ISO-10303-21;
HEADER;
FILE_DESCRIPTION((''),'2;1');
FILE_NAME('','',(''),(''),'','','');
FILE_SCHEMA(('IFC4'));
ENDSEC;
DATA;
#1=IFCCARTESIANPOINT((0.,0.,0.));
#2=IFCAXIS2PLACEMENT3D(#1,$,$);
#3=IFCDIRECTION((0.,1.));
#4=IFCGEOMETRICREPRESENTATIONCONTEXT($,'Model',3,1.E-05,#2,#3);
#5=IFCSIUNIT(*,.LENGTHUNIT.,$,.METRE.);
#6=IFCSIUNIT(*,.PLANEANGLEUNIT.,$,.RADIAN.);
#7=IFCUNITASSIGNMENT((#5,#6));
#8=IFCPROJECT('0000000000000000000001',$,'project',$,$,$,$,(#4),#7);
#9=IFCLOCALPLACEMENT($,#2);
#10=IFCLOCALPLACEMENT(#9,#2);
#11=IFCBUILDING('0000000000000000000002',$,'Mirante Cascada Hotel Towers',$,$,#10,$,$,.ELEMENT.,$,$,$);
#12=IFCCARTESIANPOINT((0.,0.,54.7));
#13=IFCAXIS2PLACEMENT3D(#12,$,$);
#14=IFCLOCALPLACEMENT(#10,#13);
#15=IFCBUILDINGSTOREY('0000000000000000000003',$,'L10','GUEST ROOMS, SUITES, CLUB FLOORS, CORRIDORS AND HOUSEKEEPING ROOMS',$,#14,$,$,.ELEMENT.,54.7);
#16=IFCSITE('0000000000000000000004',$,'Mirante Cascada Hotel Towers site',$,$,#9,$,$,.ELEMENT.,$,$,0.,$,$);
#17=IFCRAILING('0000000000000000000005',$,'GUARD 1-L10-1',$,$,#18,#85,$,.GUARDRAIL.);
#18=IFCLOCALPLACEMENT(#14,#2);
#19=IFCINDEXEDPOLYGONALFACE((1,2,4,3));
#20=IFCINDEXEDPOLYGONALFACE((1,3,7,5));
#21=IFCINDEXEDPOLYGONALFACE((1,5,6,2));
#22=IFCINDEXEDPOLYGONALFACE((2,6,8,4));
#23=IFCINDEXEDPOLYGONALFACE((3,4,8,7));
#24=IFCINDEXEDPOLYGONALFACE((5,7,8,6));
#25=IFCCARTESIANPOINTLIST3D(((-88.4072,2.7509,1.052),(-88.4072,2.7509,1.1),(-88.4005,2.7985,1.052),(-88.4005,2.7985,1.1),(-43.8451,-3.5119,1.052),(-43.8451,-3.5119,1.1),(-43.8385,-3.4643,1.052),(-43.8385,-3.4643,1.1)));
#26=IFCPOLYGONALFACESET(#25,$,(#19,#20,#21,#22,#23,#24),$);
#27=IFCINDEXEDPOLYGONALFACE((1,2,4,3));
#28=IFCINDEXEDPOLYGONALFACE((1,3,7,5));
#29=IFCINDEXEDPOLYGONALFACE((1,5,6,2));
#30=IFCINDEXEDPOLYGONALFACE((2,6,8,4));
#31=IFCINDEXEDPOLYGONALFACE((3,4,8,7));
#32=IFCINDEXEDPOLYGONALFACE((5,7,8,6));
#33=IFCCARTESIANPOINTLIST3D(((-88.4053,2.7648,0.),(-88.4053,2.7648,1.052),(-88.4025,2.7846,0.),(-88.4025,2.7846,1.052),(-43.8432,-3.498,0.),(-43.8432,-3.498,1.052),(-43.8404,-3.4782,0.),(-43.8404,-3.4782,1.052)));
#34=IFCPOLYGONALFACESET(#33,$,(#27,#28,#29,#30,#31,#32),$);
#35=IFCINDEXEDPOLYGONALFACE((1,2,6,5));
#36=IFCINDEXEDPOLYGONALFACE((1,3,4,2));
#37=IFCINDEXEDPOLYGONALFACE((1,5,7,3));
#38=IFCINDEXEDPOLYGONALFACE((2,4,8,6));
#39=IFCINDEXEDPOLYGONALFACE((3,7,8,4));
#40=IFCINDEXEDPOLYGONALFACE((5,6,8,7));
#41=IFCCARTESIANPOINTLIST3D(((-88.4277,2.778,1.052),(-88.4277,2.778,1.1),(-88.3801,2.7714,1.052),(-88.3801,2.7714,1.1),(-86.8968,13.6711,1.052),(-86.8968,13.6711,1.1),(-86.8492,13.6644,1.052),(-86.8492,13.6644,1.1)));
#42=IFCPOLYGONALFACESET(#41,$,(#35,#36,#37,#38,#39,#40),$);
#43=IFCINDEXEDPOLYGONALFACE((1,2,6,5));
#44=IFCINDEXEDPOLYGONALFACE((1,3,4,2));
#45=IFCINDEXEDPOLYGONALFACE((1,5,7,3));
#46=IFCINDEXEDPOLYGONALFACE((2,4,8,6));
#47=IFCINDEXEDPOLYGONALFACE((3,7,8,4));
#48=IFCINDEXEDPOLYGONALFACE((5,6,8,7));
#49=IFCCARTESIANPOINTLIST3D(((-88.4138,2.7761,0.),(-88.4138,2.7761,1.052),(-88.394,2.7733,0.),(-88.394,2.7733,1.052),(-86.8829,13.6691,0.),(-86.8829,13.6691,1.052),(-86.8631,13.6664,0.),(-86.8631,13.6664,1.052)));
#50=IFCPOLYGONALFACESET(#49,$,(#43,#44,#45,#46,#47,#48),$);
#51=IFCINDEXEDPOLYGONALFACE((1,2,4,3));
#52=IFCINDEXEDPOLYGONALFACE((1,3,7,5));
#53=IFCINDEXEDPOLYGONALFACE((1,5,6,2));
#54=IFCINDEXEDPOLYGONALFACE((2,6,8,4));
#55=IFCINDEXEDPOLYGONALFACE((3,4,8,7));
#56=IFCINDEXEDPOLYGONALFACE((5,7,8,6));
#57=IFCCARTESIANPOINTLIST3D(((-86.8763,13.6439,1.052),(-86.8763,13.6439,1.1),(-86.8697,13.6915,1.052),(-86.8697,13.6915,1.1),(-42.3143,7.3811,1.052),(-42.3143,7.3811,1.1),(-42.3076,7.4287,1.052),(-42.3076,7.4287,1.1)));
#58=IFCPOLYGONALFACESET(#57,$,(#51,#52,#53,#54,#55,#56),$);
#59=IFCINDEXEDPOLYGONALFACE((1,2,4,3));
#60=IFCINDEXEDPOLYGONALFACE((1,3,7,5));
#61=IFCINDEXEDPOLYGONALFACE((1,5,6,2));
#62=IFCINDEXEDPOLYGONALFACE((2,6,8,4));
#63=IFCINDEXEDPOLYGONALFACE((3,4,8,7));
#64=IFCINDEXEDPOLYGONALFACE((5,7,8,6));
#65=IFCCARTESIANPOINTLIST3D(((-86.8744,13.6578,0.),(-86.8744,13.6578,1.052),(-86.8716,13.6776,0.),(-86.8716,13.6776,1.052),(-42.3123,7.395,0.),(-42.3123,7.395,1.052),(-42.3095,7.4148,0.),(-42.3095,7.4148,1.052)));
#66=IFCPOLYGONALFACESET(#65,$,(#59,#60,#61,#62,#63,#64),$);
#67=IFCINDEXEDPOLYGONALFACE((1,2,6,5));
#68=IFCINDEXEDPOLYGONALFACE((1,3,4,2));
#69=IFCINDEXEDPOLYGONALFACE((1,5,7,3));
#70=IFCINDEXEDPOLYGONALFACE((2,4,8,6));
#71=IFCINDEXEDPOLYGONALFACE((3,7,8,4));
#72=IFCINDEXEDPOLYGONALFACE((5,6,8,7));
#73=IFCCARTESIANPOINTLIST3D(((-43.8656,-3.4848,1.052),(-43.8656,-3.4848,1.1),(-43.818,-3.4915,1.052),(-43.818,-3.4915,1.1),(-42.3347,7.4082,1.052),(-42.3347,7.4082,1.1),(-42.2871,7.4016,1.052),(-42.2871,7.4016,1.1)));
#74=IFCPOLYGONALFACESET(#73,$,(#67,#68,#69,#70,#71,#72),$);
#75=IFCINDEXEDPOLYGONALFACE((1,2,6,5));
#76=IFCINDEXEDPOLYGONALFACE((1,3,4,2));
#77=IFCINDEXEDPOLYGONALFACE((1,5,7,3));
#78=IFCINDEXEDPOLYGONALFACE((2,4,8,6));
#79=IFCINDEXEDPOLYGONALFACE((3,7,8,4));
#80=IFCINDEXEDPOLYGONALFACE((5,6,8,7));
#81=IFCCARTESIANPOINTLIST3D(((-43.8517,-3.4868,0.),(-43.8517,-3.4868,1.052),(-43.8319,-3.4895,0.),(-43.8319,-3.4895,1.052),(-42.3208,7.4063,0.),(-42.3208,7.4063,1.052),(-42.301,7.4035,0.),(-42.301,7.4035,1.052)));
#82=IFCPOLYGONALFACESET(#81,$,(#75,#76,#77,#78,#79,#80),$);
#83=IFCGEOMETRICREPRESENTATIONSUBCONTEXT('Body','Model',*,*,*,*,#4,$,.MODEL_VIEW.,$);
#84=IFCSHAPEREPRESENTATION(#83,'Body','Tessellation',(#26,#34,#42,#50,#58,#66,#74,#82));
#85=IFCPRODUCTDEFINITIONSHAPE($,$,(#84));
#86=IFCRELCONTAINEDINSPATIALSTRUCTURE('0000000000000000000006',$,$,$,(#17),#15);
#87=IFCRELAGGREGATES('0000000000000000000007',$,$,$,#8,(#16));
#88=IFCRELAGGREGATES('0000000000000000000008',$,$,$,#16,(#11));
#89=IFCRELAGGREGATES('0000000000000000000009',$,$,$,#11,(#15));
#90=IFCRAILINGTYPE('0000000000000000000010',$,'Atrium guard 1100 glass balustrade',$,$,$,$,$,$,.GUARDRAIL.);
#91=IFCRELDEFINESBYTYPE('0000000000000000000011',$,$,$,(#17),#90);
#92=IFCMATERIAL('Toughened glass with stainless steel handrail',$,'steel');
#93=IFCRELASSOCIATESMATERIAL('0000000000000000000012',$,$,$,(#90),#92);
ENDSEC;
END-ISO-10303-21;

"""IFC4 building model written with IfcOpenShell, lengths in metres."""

from ifc_helpers import new_model, si_unit, direction, frame, origin, origin_2d, place, context, subcontext, project, spatial, rectangle, extrude, material, type_object, element, save


model = new_model("IFC4")

# Units and contexts
model_context = context("Model", 3, precision=1e-05, world=origin(), true_north=direction((0.0, 1.0)))
body_context = subcontext(model_context, "Body", "Model", "MODEL_VIEW")
ifc_project = project(units=[si_unit("LENGTHUNIT", "METRE"), si_unit("PLANEANGLEUNIT", "RADIAN")], contexts=[model_context])

# Site, building, storey
site_placement = place(None, origin())
site = spatial("IfcSite", under=ifc_project, at=site_placement, Name="Mirante Cascada Hotel Towers site", CompositionType="ELEMENT", RefElevation=0.0)
building_placement = place(site_placement, origin())
building = spatial("IfcBuilding", under=site, at=building_placement, Name="Mirante Cascada Hotel Towers", CompositionType="ELEMENT")
storey_placement = place(building_placement, frame((0.0, 0.0, 54.7)))
storey = spatial("IfcBuildingStorey", under=building, at=storey_placement, Name="L10", Description="GUEST ROOMS, SUITES, CLUB FLOORS, CORRIDORS AND HOUSEKEEPING ROOMS", CompositionType="ELEMENT", Elevation=54.7)

# Railing
ifc_material_1 = material(Name="Toughened glass with stainless steel handrail", Category="steel")
railing_type = type_object("IfcRailingType", Name="Atrium guard 1100 glass balustrade", PredefinedType="GUARDRAIL", material=ifc_material_1)
railing_placement = place(storey_placement, frame((-43.8418, -3.4881, 0.0)))
element("IfcRailing", 1, at=railing_placement, inside=storey, type_object=railing_type, Name="GUARD 1-L10-1", PredefinedType="GUARDRAIL", context=body_context, shape_type="SweptSolid", body=[
    extrude(rectangle(XDim=0.048, YDim=0.048, at=origin_2d()), frame((0.0, 0.0, 1.076), z_axis=(-0.990268, 0.139173, 0.0), x_axis=(-0.139173, -0.990268, 0.0)), (0.0, 0.0, 1.0), 45.0),
    extrude(rectangle(XDim=0.02, YDim=1.052, at=origin_2d()), frame((0.0, 0.0, 0.526), z_axis=(-0.990268, 0.139173, 0.0), x_axis=(-0.139173, -0.990268, 0.0)), (0.0, 0.0, 1.0), 45.0),
    extrude(rectangle(XDim=0.048, YDim=0.048, at=origin_2d()), frame((-44.5621, 6.2628, 1.076), z_axis=(0.139172, 0.990268, 0.0), x_axis=(-0.990268, 0.139172, 0.0)), (0.0, 0.0, 1.0), 11.0001),
    extrude(rectangle(XDim=0.02, YDim=1.052, at=origin_2d()), frame((-44.5621, 6.2628, 0.526), z_axis=(0.139172, 0.990268, 0.0), x_axis=(-0.990268, 0.139172, 0.0)), (0.0, 0.0, 1.0), 11.0001),
    extrude(rectangle(XDim=0.048, YDim=0.048, at=origin_2d()), frame((-43.0312, 17.1558, 1.076), z_axis=(0.990268, -0.139173, 0.0), x_axis=(0.139173, 0.990268, 0.0)), (0.0, 0.0, 1.0), 45.0),
    extrude(rectangle(XDim=0.02, YDim=1.052, at=origin_2d()), frame((-43.0312, 17.1558, 0.526), z_axis=(0.990268, -0.139173, 0.0), x_axis=(0.139173, 0.990268, 0.0)), (0.0, 0.0, 1.0), 45.0),
    extrude(rectangle(XDim=0.048, YDim=0.048, at=origin_2d()), frame((1.5309, 10.893, 1.076), z_axis=(-0.139172, -0.990268, 0.0), x_axis=(0.990268, -0.139172, 0.0)), (0.0, 0.0, 1.0), 11.0001),
    extrude(rectangle(XDim=0.02, YDim=1.052, at=origin_2d()), frame((1.5309, 10.893, 0.526), z_axis=(-0.139172, -0.990268, 0.0), x_axis=(0.990268, -0.139172, 0.0)), (0.0, 0.0, 1.0), 11.0001),
])

save(model, "model.ifc")
